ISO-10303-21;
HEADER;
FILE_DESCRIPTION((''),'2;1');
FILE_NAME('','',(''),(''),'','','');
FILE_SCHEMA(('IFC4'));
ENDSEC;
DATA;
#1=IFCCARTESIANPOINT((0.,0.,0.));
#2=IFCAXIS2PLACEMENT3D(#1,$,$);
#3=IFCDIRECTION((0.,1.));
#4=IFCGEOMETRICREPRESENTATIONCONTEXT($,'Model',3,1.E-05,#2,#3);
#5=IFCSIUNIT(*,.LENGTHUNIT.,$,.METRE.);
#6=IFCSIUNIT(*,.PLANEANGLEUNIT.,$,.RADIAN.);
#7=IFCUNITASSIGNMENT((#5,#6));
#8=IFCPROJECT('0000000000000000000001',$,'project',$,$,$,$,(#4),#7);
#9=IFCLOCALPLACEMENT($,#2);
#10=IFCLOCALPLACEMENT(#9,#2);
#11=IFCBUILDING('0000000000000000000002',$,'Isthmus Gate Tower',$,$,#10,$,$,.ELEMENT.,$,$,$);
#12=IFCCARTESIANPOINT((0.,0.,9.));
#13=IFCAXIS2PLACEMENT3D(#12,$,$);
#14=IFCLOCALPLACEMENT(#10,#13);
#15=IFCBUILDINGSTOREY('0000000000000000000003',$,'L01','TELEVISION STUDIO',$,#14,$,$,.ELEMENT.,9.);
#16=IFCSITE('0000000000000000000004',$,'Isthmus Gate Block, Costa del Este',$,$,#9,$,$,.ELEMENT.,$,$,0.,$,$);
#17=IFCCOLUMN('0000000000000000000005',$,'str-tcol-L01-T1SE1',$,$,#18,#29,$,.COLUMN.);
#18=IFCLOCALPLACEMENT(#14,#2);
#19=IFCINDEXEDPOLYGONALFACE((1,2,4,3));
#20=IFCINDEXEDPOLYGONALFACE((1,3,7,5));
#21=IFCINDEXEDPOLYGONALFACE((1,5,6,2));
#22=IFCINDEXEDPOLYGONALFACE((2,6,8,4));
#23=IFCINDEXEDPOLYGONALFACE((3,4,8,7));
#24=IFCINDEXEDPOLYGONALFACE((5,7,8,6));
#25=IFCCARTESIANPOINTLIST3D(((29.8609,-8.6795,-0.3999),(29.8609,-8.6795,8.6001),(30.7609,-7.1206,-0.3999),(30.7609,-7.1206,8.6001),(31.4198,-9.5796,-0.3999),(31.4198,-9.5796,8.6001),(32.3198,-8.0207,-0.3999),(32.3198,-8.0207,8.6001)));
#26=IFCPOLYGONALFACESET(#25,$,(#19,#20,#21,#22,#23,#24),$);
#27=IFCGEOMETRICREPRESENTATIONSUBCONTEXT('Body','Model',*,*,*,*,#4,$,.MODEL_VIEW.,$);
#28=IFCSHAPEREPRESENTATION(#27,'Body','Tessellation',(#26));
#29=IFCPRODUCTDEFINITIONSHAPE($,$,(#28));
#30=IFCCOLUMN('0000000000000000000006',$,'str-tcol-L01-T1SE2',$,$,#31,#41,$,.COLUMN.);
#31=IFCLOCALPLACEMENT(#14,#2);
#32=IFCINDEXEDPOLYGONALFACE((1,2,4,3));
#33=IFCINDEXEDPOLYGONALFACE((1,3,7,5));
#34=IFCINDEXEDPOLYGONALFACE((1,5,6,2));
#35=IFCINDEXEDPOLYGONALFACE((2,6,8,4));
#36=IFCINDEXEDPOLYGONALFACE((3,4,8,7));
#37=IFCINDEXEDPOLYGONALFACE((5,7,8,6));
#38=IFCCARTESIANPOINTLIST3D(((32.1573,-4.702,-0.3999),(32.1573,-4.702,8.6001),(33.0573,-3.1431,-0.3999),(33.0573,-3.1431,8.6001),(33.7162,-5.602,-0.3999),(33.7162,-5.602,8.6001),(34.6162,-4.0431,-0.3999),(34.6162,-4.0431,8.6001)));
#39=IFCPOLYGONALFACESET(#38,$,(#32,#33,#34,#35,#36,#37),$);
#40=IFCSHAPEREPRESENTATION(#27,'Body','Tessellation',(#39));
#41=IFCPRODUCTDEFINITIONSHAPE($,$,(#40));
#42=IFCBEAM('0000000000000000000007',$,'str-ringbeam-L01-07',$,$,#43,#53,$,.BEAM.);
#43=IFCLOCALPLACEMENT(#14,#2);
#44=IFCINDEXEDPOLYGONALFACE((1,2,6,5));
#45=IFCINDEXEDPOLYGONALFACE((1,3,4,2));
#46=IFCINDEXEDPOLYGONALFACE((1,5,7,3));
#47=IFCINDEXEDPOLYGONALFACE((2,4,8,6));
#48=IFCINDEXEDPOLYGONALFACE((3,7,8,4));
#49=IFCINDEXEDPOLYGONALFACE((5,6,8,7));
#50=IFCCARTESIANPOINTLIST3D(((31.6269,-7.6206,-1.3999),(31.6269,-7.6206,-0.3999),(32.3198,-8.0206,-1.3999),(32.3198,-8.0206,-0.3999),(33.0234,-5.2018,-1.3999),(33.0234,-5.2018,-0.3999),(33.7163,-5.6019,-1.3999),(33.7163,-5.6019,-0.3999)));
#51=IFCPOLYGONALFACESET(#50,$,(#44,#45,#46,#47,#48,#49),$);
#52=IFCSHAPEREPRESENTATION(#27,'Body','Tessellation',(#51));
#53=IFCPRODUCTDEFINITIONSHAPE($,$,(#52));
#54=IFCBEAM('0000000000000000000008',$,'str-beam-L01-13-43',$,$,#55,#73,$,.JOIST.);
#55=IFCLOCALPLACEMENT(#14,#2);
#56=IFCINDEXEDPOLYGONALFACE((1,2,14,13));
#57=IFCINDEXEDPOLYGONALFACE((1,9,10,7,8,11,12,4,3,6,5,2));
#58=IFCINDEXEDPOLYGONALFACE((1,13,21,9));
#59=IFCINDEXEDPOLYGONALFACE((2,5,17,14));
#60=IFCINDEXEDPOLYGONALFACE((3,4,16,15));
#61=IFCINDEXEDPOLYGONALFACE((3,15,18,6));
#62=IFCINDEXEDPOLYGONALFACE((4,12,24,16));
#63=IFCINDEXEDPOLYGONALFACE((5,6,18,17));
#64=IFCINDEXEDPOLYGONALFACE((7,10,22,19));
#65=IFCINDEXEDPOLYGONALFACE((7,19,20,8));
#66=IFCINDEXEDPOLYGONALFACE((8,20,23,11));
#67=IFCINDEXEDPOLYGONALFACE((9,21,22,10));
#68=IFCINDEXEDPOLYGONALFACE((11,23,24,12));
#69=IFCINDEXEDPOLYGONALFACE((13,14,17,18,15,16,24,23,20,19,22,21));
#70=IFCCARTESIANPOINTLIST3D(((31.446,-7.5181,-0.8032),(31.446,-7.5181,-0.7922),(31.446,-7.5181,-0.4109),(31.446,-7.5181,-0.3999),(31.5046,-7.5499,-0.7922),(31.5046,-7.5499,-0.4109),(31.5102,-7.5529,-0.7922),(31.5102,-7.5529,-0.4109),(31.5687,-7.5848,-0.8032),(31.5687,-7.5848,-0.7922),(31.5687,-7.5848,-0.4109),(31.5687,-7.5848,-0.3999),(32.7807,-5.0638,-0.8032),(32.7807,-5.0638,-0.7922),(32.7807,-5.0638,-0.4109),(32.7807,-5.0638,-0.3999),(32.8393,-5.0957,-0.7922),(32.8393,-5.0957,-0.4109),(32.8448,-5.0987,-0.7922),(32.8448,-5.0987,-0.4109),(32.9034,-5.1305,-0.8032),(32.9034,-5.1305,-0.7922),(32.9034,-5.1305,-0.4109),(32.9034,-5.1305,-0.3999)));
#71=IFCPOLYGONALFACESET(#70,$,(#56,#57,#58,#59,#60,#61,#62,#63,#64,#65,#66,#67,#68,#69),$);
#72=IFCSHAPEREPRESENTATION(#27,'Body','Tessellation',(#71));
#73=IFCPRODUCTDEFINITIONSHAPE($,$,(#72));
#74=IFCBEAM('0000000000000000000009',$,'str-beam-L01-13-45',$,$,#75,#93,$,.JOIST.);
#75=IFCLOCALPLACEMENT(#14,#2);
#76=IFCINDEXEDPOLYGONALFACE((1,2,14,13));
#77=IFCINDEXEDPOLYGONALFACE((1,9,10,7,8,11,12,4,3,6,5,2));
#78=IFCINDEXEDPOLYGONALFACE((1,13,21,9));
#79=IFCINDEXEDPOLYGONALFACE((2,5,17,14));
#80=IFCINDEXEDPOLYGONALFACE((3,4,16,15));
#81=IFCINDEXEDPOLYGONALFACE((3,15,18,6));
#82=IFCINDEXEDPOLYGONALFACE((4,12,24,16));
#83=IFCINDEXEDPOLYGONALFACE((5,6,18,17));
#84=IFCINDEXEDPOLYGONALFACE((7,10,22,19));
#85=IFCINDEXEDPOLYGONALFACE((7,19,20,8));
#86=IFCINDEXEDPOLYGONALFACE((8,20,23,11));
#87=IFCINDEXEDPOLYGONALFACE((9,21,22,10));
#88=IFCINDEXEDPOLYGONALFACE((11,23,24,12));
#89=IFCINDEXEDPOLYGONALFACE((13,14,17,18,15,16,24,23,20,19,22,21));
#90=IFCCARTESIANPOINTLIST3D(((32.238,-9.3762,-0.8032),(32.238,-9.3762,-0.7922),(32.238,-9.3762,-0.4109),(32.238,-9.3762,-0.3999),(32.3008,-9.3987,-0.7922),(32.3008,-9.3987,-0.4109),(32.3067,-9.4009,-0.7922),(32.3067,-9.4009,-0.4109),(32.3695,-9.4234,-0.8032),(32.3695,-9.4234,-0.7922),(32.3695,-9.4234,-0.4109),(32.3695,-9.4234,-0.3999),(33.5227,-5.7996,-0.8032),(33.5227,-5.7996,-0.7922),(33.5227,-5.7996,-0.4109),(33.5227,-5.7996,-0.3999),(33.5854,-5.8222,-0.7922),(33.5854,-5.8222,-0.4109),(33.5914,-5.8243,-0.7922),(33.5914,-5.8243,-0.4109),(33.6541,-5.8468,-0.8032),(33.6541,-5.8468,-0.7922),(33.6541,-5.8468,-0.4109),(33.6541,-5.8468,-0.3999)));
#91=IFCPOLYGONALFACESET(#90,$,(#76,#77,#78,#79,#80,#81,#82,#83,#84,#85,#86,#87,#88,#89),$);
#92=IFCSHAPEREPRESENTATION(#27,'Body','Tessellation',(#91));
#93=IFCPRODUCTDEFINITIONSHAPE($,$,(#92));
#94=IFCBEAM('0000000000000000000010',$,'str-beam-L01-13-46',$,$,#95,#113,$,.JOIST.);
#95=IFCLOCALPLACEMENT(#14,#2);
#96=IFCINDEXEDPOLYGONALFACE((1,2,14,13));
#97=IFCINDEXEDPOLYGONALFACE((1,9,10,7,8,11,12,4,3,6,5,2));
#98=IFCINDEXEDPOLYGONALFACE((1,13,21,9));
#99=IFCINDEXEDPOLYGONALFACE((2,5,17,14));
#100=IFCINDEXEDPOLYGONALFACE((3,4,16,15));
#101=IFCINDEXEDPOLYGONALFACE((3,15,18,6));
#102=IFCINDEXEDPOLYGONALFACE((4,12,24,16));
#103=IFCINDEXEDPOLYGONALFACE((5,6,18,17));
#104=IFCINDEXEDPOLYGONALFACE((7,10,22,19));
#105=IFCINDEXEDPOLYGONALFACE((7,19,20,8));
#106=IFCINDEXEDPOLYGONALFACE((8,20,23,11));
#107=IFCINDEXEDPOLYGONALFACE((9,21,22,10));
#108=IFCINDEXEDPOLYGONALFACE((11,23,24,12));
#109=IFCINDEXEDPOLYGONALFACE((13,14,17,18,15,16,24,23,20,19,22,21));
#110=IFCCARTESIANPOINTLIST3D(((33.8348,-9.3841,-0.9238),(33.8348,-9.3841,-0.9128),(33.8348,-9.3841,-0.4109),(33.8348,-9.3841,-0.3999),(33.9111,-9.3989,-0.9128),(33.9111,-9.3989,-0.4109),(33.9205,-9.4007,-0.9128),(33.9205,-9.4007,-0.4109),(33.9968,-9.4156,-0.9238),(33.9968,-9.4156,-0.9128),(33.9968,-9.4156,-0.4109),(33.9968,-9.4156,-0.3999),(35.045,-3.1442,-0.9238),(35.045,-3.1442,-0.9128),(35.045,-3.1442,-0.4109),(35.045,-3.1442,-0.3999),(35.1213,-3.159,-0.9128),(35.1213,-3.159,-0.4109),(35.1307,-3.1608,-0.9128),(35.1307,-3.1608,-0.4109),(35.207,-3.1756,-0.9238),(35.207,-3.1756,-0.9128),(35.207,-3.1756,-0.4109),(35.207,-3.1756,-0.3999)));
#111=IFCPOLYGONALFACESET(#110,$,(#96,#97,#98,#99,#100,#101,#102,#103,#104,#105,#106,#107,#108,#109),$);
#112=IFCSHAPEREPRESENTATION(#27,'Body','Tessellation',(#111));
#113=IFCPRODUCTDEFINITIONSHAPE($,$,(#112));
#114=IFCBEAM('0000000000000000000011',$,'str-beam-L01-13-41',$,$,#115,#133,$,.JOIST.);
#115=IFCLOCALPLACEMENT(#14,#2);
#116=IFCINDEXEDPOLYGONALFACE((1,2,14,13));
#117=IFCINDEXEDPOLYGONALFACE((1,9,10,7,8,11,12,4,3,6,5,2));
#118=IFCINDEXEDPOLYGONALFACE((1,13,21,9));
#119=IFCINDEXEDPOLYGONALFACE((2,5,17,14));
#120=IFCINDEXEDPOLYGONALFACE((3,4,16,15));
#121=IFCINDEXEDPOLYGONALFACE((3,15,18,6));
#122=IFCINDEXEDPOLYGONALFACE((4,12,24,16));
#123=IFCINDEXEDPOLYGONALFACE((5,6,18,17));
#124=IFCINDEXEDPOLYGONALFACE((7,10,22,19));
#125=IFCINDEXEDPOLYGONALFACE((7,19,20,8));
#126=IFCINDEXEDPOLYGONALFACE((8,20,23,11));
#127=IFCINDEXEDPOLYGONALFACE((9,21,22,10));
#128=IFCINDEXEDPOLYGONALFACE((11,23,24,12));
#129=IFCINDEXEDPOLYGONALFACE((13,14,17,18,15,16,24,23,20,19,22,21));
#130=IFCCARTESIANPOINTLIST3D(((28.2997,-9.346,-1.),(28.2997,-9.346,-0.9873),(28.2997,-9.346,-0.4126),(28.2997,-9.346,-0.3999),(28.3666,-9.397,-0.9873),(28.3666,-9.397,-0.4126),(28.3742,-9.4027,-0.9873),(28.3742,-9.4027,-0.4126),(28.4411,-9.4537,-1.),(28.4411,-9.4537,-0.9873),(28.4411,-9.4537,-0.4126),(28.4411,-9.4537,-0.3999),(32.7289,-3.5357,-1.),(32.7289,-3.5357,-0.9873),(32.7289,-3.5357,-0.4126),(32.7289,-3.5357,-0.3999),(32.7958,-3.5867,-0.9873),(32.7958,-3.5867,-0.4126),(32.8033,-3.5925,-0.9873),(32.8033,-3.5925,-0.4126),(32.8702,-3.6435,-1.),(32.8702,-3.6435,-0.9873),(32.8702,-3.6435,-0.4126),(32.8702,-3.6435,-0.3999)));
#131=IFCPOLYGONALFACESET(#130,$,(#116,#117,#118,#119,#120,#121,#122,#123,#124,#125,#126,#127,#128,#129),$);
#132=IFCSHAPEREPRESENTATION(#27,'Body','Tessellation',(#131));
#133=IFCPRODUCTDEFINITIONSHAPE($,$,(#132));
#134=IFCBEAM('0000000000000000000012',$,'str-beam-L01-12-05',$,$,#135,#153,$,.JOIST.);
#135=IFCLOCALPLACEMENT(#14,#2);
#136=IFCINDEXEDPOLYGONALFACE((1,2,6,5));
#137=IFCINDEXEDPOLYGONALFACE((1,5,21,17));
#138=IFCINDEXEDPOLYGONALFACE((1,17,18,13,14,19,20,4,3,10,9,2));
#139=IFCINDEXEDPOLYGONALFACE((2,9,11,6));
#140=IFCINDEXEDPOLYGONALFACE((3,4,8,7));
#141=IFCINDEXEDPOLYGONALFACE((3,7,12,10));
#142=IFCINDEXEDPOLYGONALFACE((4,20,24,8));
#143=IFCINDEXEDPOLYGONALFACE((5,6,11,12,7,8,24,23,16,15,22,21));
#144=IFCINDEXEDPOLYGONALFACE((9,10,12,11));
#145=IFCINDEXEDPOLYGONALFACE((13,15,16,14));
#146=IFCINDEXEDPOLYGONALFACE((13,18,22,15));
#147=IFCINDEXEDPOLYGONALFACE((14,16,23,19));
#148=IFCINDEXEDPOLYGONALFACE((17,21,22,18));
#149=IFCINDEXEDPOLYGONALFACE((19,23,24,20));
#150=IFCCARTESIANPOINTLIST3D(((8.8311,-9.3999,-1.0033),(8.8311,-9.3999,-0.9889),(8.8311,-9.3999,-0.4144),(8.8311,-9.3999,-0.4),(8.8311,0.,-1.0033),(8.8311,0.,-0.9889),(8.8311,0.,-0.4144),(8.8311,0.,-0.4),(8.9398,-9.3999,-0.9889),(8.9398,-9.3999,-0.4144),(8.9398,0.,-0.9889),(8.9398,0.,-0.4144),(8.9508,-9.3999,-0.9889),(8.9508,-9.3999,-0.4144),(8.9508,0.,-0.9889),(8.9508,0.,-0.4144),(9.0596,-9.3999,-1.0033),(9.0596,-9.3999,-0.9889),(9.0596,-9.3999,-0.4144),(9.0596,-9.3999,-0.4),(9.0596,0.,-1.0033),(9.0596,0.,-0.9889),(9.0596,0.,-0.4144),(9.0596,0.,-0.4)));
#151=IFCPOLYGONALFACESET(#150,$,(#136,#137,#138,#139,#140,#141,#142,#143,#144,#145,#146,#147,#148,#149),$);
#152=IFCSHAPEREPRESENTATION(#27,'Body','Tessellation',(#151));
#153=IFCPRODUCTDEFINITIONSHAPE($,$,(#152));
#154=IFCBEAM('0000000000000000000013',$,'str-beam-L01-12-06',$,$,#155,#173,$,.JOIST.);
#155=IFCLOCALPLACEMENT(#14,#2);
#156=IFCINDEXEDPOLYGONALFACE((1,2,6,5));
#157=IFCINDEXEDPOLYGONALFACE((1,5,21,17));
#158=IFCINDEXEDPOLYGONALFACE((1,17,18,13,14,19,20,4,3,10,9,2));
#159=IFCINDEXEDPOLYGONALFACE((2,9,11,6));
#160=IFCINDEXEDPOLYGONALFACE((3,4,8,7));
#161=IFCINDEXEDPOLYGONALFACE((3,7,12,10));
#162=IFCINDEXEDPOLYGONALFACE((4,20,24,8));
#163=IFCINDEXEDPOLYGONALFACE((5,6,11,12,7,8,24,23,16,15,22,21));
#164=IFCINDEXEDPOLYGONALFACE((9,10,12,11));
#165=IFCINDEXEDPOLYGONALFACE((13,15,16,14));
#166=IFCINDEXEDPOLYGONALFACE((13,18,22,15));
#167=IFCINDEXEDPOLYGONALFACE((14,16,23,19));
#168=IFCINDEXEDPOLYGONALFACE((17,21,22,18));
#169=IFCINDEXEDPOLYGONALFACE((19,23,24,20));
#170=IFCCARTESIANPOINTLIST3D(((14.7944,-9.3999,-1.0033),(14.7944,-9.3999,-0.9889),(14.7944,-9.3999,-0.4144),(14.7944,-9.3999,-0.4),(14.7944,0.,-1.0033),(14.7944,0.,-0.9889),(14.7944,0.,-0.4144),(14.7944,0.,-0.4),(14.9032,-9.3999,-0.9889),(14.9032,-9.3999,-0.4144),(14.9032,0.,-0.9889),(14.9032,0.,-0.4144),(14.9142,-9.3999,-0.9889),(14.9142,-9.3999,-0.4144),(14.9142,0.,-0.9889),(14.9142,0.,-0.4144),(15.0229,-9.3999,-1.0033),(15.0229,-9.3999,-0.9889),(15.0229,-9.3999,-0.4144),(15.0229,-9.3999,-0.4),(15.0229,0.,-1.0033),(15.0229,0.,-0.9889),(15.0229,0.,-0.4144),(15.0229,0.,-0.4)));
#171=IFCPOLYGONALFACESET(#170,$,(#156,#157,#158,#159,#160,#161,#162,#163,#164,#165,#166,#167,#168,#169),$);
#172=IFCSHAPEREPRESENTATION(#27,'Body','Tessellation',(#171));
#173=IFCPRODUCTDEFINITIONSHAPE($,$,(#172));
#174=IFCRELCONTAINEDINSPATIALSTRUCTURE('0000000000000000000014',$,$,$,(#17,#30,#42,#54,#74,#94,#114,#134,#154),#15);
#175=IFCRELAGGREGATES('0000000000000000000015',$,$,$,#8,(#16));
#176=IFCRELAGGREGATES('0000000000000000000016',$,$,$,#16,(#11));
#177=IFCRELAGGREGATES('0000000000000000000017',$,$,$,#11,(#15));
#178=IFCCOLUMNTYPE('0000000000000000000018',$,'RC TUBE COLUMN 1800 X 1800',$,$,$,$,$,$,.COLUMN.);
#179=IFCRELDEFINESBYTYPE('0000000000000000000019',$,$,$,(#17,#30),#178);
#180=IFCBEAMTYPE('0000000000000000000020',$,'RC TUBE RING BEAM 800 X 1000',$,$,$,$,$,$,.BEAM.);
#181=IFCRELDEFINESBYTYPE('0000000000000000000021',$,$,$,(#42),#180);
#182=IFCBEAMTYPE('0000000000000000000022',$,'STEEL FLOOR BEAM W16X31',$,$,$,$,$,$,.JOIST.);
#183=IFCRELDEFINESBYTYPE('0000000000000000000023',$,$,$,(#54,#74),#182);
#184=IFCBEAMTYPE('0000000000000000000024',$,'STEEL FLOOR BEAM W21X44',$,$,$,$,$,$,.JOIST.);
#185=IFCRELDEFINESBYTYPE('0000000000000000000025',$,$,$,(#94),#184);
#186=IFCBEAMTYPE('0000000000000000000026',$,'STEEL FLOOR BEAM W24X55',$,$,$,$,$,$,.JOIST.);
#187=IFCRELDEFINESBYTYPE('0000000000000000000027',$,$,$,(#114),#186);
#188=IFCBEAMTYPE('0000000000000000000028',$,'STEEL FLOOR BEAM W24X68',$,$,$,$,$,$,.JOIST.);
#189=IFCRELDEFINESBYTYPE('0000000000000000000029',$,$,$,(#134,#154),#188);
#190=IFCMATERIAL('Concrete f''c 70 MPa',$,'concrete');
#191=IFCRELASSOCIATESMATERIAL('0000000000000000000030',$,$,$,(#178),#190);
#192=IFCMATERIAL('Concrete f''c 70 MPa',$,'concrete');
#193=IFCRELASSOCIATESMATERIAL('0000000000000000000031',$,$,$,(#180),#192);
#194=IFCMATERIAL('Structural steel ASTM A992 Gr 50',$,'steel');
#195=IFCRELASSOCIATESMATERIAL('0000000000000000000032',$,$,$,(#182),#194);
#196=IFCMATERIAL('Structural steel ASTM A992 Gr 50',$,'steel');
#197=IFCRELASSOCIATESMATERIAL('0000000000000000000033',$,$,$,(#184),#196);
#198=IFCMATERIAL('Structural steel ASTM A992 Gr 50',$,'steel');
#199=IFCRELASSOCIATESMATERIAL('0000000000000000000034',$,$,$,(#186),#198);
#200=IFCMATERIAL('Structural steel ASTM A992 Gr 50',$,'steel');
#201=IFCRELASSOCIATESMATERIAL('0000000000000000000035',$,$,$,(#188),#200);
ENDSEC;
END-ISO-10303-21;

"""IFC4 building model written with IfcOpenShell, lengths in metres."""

from ifc_helpers import new_model, si_unit, direction, frame, origin, origin_2d, place, context, subcontext, project, spatial, rectangle, i_section, extrude, material, material_profile, profile_set, type_object, element, save


model = new_model("IFC4")

# Units and contexts
model_context = context("Model", 3, precision=1e-05, world=origin(), true_north=direction((0.0, 1.0)))
body_context = subcontext(model_context, "Body", "Model", "MODEL_VIEW")
ifc_project = project(units=[si_unit("LENGTHUNIT", "METRE"), si_unit("PLANEANGLEUNIT", "RADIAN")], contexts=[model_context])

# Site, building, storey
site_placement = place(None, origin())
site = spatial("IfcSite", under=ifc_project, at=site_placement, Name="Isthmus Gate Block, Costa del Este", CompositionType="ELEMENT", RefElevation=0.0)
building_placement = place(site_placement, origin())
building = spatial("IfcBuilding", under=site, at=building_placement, Name="Isthmus Gate Tower", CompositionType="ELEMENT")
storey_placement = place(building_placement, frame((0.0, 0.0, 9.0)))
storey = spatial("IfcBuildingStorey", under=building, at=storey_placement, Name="L01", Description="TELEVISION STUDIO", CompositionType="ELEMENT", Elevation=9.0)

# Columns
ifc_material_1 = material(Name="Concrete f'c 70 MPa", Category="concrete")
ifc_material_profile_1 = material_profile(ifc_material_1, rectangle(XDim=1.8, YDim=1.8, at=origin_2d()), Name="RC 1800X1800")
ifc_profile_set_1 = profile_set([ifc_material_profile_1], Name="Concrete f'c 70 MPa")
column_type = type_object("IfcColumnType", Name="RC TUBE COLUMN 1800 X 1800", PredefinedType="COLUMN", material=ifc_profile_set_1)
for number, where, z_axis, x_axis, name in (
    (1, (31.0903, -8.3501, -0.3999), (0.0, 0.0, 1.0), (0.5, 0.866025, 0.0), "str-tcol-L01-T1SE1"),
    (2, (33.3867, -4.3726, -0.3999), (0.0, 0.0, 1.0), (0.5, 0.866025, 0.0), "str-tcol-L01-T1SE2"),
):
    element("IfcColumn", number, at=place(storey_placement, frame(where, z_axis=z_axis, x_axis=x_axis)), inside=storey, type_object=column_type, Name=name, PredefinedType="COLUMN", context=body_context, shape_type="SweptSolid", body=[
        extrude(rectangle(XDim=1.8, YDim=1.8, at=origin_2d()), origin(), (0.0, 0.0, 1.0), 9.0),
    ])

# Beams
ifc_material_2 = material(Name="Concrete f'c 70 MPa", Category="concrete")
ifc_material_profile_2 = material_profile(ifc_material_2, rectangle(XDim=0.8, YDim=1.0, at=origin_2d()), Name="RC 800X1000")
ifc_profile_set_2 = profile_set([ifc_material_profile_2], Name="Concrete f'c 70 MPa")
beam_type_1 = type_object("IfcBeamType", Name="RC TUBE RING BEAM 800 X 1000", PredefinedType="BEAM", material=ifc_profile_set_2)
beam_1_placement = place(storey_placement, frame((33.3699, -5.4019, -0.8999), z_axis=(-0.500013, -0.866018, 0.0), x_axis=(0.866018, -0.500013, 0.0)))
element("IfcBeam", 3, at=beam_1_placement, inside=storey, type_object=beam_type_1, Name="str-ringbeam-L01-07", PredefinedType="BEAM", context=body_context, shape_type="SweptSolid", body=[
    extrude(rectangle(XDim=0.8, YDim=1.0, at=origin_2d()), origin(), (0.0, 0.0, 1.0), 2.793),
])
ifc_material_3 = material(Name="Structural steel ASTM A992 Gr 50", Category="steel")
ifc_material_profile_3 = material_profile(ifc_material_3, i_section(OverallWidth=0.1396, OverallDepth=0.4033, WebThickness=0.0063, FlangeThickness=0.011, at=origin_2d()), Name="W16X31")
ifc_profile_set_3 = profile_set([ifc_material_profile_3], Name="Structural steel ASTM A992 Gr 50")
beam_type_2 = type_object("IfcBeamType", Name="STEEL FLOOR BEAM W16X31", PredefinedType="JOIST", material=ifc_profile_set_3)
beam_2_placement = place(storey_placement, frame((32.842, -5.0972, -0.6016), z_axis=(-0.477744, -0.878499, 0.0), x_axis=(0.878499, -0.477744, 0.0)))
element("IfcBeam", 4, at=beam_2_placement, inside=storey, type_object=beam_type_2, Name="str-beam-L01-13-43", PredefinedType="JOIST", context=body_context, shape_type="SweptSolid", body=[
    extrude(i_section(OverallWidth=0.1396, OverallDepth=0.4033, WebThickness=0.0063, FlangeThickness=0.011, at=origin_2d()), origin(), (0.0, 0.0, 1.0), 2.7937),
])
beam_3_placement = place(storey_placement, frame((33.5884, -5.8232, -0.6016), z_axis=(-0.338037, -0.941133, 0.0), x_axis=(0.941133, -0.338037, 0.0)))
element("IfcBeam", 5, at=beam_3_placement, inside=storey, type_object=beam_type_2, Name="str-beam-L01-13-45", PredefinedType="JOIST", context=body_context, shape_type="SweptSolid", body=[
    extrude(i_section(OverallWidth=0.1396, OverallDepth=0.4033, WebThickness=0.0063, FlangeThickness=0.011, at=origin_2d()), origin(), (0.0, 0.0, 1.0), 3.8003),
])
ifc_material_4 = material(Name="Structural steel ASTM A992 Gr 50", Category="steel")
ifc_material_profile_4 = material_profile(ifc_material_4, i_section(OverallWidth=0.165, OverallDepth=0.5239, WebThickness=0.0095, FlangeThickness=0.011, at=origin_2d()), Name="W21X44")
ifc_profile_set_4 = profile_set([ifc_material_profile_4], Name="Structural steel ASTM A992 Gr 50")
beam_type_3 = type_object("IfcBeamType", Name="STEEL FLOOR BEAM W21X44", PredefinedType="JOIST", material=ifc_profile_set_4)
beam_4_placement = place(storey_placement, frame((35.126, -3.1599, -0.6619), z_axis=(-0.190396, -0.981707, 0.0), x_axis=(0.981707, -0.190396, 0.0)))
element("IfcBeam", 6, at=beam_4_placement, inside=storey, type_object=beam_type_3, Name="str-beam-L01-13-46", PredefinedType="JOIST", context=body_context, shape_type="SweptSolid", body=[
    extrude(i_section(OverallWidth=0.165, OverallDepth=0.5239, WebThickness=0.0095, FlangeThickness=0.011, at=origin_2d()), origin(), (0.0, 0.0, 1.0), 6.3562),
])
ifc_material_5 = material(Name="Structural steel ASTM A992 Gr 50", Category="steel")
ifc_material_profile_5 = material_profile(ifc_material_5, i_section(OverallWidth=0.1777, OverallDepth=0.6001, WebThickness=0.0095, FlangeThickness=0.0127, at=origin_2d()), Name="W24X55")
ifc_profile_set_5 = profile_set([ifc_material_profile_5], Name="Structural steel ASTM A992 Gr 50")
beam_type_4 = type_object("IfcBeamType", Name="STEEL FLOOR BEAM W24X55", PredefinedType="JOIST", material=ifc_profile_set_5)
beam_5_placement = place(storey_placement, frame((32.7996, -3.5896, -0.7), z_axis=(-0.606243, -0.79528, 0.0), x_axis=(0.79528, -0.606243, 0.0)))
element("IfcBeam", 7, at=beam_5_placement, inside=storey, type_object=beam_type_4, Name="str-beam-L01-13-41", PredefinedType="JOIST", context=body_context, shape_type="SweptSolid", body=[
    extrude(i_section(OverallWidth=0.1777, OverallDepth=0.6001, WebThickness=0.0095, FlangeThickness=0.0127, at=origin_2d()), origin(), (0.0, 0.0, 1.0), 7.3059),
])
ifc_material_6 = material(Name="Structural steel ASTM A992 Gr 50", Category="steel")
ifc_material_profile_6 = material_profile(ifc_material_6, i_section(OverallWidth=0.2285, OverallDepth=0.6033, WebThickness=0.011, FlangeThickness=0.0144, at=origin_2d()), Name="W24X68")
ifc_profile_set_6 = profile_set([ifc_material_profile_6], Name="Structural steel ASTM A992 Gr 50")
beam_type_5 = type_object("IfcBeamType", Name="STEEL FLOOR BEAM W24X68", PredefinedType="JOIST", material=ifc_profile_set_6)
for number, where, z_axis, x_axis, name in (
    (8, (8.9453, -9.3999, -0.7017), (0.0, 1.0, 0.0), (-1.0, 0.0, 0.0), "str-beam-L01-12-05"),
    (9, (14.9087, -9.3999, -0.7017), (0.0, 1.0, 0.0), (-1.0, 0.0, 0.0), "str-beam-L01-12-06"),
):
    element("IfcBeam", number, at=place(storey_placement, frame(where, z_axis=z_axis, x_axis=x_axis)), inside=storey, type_object=beam_type_5, Name=name, PredefinedType="JOIST", context=body_context, shape_type="SweptSolid", body=[
        extrude(i_section(OverallWidth=0.2285, OverallDepth=0.6033, WebThickness=0.011, FlangeThickness=0.0144, at=origin_2d()), origin(), (0.0, 0.0, 1.0), 9.3999),
    ])

save(model, "model.ifc")
